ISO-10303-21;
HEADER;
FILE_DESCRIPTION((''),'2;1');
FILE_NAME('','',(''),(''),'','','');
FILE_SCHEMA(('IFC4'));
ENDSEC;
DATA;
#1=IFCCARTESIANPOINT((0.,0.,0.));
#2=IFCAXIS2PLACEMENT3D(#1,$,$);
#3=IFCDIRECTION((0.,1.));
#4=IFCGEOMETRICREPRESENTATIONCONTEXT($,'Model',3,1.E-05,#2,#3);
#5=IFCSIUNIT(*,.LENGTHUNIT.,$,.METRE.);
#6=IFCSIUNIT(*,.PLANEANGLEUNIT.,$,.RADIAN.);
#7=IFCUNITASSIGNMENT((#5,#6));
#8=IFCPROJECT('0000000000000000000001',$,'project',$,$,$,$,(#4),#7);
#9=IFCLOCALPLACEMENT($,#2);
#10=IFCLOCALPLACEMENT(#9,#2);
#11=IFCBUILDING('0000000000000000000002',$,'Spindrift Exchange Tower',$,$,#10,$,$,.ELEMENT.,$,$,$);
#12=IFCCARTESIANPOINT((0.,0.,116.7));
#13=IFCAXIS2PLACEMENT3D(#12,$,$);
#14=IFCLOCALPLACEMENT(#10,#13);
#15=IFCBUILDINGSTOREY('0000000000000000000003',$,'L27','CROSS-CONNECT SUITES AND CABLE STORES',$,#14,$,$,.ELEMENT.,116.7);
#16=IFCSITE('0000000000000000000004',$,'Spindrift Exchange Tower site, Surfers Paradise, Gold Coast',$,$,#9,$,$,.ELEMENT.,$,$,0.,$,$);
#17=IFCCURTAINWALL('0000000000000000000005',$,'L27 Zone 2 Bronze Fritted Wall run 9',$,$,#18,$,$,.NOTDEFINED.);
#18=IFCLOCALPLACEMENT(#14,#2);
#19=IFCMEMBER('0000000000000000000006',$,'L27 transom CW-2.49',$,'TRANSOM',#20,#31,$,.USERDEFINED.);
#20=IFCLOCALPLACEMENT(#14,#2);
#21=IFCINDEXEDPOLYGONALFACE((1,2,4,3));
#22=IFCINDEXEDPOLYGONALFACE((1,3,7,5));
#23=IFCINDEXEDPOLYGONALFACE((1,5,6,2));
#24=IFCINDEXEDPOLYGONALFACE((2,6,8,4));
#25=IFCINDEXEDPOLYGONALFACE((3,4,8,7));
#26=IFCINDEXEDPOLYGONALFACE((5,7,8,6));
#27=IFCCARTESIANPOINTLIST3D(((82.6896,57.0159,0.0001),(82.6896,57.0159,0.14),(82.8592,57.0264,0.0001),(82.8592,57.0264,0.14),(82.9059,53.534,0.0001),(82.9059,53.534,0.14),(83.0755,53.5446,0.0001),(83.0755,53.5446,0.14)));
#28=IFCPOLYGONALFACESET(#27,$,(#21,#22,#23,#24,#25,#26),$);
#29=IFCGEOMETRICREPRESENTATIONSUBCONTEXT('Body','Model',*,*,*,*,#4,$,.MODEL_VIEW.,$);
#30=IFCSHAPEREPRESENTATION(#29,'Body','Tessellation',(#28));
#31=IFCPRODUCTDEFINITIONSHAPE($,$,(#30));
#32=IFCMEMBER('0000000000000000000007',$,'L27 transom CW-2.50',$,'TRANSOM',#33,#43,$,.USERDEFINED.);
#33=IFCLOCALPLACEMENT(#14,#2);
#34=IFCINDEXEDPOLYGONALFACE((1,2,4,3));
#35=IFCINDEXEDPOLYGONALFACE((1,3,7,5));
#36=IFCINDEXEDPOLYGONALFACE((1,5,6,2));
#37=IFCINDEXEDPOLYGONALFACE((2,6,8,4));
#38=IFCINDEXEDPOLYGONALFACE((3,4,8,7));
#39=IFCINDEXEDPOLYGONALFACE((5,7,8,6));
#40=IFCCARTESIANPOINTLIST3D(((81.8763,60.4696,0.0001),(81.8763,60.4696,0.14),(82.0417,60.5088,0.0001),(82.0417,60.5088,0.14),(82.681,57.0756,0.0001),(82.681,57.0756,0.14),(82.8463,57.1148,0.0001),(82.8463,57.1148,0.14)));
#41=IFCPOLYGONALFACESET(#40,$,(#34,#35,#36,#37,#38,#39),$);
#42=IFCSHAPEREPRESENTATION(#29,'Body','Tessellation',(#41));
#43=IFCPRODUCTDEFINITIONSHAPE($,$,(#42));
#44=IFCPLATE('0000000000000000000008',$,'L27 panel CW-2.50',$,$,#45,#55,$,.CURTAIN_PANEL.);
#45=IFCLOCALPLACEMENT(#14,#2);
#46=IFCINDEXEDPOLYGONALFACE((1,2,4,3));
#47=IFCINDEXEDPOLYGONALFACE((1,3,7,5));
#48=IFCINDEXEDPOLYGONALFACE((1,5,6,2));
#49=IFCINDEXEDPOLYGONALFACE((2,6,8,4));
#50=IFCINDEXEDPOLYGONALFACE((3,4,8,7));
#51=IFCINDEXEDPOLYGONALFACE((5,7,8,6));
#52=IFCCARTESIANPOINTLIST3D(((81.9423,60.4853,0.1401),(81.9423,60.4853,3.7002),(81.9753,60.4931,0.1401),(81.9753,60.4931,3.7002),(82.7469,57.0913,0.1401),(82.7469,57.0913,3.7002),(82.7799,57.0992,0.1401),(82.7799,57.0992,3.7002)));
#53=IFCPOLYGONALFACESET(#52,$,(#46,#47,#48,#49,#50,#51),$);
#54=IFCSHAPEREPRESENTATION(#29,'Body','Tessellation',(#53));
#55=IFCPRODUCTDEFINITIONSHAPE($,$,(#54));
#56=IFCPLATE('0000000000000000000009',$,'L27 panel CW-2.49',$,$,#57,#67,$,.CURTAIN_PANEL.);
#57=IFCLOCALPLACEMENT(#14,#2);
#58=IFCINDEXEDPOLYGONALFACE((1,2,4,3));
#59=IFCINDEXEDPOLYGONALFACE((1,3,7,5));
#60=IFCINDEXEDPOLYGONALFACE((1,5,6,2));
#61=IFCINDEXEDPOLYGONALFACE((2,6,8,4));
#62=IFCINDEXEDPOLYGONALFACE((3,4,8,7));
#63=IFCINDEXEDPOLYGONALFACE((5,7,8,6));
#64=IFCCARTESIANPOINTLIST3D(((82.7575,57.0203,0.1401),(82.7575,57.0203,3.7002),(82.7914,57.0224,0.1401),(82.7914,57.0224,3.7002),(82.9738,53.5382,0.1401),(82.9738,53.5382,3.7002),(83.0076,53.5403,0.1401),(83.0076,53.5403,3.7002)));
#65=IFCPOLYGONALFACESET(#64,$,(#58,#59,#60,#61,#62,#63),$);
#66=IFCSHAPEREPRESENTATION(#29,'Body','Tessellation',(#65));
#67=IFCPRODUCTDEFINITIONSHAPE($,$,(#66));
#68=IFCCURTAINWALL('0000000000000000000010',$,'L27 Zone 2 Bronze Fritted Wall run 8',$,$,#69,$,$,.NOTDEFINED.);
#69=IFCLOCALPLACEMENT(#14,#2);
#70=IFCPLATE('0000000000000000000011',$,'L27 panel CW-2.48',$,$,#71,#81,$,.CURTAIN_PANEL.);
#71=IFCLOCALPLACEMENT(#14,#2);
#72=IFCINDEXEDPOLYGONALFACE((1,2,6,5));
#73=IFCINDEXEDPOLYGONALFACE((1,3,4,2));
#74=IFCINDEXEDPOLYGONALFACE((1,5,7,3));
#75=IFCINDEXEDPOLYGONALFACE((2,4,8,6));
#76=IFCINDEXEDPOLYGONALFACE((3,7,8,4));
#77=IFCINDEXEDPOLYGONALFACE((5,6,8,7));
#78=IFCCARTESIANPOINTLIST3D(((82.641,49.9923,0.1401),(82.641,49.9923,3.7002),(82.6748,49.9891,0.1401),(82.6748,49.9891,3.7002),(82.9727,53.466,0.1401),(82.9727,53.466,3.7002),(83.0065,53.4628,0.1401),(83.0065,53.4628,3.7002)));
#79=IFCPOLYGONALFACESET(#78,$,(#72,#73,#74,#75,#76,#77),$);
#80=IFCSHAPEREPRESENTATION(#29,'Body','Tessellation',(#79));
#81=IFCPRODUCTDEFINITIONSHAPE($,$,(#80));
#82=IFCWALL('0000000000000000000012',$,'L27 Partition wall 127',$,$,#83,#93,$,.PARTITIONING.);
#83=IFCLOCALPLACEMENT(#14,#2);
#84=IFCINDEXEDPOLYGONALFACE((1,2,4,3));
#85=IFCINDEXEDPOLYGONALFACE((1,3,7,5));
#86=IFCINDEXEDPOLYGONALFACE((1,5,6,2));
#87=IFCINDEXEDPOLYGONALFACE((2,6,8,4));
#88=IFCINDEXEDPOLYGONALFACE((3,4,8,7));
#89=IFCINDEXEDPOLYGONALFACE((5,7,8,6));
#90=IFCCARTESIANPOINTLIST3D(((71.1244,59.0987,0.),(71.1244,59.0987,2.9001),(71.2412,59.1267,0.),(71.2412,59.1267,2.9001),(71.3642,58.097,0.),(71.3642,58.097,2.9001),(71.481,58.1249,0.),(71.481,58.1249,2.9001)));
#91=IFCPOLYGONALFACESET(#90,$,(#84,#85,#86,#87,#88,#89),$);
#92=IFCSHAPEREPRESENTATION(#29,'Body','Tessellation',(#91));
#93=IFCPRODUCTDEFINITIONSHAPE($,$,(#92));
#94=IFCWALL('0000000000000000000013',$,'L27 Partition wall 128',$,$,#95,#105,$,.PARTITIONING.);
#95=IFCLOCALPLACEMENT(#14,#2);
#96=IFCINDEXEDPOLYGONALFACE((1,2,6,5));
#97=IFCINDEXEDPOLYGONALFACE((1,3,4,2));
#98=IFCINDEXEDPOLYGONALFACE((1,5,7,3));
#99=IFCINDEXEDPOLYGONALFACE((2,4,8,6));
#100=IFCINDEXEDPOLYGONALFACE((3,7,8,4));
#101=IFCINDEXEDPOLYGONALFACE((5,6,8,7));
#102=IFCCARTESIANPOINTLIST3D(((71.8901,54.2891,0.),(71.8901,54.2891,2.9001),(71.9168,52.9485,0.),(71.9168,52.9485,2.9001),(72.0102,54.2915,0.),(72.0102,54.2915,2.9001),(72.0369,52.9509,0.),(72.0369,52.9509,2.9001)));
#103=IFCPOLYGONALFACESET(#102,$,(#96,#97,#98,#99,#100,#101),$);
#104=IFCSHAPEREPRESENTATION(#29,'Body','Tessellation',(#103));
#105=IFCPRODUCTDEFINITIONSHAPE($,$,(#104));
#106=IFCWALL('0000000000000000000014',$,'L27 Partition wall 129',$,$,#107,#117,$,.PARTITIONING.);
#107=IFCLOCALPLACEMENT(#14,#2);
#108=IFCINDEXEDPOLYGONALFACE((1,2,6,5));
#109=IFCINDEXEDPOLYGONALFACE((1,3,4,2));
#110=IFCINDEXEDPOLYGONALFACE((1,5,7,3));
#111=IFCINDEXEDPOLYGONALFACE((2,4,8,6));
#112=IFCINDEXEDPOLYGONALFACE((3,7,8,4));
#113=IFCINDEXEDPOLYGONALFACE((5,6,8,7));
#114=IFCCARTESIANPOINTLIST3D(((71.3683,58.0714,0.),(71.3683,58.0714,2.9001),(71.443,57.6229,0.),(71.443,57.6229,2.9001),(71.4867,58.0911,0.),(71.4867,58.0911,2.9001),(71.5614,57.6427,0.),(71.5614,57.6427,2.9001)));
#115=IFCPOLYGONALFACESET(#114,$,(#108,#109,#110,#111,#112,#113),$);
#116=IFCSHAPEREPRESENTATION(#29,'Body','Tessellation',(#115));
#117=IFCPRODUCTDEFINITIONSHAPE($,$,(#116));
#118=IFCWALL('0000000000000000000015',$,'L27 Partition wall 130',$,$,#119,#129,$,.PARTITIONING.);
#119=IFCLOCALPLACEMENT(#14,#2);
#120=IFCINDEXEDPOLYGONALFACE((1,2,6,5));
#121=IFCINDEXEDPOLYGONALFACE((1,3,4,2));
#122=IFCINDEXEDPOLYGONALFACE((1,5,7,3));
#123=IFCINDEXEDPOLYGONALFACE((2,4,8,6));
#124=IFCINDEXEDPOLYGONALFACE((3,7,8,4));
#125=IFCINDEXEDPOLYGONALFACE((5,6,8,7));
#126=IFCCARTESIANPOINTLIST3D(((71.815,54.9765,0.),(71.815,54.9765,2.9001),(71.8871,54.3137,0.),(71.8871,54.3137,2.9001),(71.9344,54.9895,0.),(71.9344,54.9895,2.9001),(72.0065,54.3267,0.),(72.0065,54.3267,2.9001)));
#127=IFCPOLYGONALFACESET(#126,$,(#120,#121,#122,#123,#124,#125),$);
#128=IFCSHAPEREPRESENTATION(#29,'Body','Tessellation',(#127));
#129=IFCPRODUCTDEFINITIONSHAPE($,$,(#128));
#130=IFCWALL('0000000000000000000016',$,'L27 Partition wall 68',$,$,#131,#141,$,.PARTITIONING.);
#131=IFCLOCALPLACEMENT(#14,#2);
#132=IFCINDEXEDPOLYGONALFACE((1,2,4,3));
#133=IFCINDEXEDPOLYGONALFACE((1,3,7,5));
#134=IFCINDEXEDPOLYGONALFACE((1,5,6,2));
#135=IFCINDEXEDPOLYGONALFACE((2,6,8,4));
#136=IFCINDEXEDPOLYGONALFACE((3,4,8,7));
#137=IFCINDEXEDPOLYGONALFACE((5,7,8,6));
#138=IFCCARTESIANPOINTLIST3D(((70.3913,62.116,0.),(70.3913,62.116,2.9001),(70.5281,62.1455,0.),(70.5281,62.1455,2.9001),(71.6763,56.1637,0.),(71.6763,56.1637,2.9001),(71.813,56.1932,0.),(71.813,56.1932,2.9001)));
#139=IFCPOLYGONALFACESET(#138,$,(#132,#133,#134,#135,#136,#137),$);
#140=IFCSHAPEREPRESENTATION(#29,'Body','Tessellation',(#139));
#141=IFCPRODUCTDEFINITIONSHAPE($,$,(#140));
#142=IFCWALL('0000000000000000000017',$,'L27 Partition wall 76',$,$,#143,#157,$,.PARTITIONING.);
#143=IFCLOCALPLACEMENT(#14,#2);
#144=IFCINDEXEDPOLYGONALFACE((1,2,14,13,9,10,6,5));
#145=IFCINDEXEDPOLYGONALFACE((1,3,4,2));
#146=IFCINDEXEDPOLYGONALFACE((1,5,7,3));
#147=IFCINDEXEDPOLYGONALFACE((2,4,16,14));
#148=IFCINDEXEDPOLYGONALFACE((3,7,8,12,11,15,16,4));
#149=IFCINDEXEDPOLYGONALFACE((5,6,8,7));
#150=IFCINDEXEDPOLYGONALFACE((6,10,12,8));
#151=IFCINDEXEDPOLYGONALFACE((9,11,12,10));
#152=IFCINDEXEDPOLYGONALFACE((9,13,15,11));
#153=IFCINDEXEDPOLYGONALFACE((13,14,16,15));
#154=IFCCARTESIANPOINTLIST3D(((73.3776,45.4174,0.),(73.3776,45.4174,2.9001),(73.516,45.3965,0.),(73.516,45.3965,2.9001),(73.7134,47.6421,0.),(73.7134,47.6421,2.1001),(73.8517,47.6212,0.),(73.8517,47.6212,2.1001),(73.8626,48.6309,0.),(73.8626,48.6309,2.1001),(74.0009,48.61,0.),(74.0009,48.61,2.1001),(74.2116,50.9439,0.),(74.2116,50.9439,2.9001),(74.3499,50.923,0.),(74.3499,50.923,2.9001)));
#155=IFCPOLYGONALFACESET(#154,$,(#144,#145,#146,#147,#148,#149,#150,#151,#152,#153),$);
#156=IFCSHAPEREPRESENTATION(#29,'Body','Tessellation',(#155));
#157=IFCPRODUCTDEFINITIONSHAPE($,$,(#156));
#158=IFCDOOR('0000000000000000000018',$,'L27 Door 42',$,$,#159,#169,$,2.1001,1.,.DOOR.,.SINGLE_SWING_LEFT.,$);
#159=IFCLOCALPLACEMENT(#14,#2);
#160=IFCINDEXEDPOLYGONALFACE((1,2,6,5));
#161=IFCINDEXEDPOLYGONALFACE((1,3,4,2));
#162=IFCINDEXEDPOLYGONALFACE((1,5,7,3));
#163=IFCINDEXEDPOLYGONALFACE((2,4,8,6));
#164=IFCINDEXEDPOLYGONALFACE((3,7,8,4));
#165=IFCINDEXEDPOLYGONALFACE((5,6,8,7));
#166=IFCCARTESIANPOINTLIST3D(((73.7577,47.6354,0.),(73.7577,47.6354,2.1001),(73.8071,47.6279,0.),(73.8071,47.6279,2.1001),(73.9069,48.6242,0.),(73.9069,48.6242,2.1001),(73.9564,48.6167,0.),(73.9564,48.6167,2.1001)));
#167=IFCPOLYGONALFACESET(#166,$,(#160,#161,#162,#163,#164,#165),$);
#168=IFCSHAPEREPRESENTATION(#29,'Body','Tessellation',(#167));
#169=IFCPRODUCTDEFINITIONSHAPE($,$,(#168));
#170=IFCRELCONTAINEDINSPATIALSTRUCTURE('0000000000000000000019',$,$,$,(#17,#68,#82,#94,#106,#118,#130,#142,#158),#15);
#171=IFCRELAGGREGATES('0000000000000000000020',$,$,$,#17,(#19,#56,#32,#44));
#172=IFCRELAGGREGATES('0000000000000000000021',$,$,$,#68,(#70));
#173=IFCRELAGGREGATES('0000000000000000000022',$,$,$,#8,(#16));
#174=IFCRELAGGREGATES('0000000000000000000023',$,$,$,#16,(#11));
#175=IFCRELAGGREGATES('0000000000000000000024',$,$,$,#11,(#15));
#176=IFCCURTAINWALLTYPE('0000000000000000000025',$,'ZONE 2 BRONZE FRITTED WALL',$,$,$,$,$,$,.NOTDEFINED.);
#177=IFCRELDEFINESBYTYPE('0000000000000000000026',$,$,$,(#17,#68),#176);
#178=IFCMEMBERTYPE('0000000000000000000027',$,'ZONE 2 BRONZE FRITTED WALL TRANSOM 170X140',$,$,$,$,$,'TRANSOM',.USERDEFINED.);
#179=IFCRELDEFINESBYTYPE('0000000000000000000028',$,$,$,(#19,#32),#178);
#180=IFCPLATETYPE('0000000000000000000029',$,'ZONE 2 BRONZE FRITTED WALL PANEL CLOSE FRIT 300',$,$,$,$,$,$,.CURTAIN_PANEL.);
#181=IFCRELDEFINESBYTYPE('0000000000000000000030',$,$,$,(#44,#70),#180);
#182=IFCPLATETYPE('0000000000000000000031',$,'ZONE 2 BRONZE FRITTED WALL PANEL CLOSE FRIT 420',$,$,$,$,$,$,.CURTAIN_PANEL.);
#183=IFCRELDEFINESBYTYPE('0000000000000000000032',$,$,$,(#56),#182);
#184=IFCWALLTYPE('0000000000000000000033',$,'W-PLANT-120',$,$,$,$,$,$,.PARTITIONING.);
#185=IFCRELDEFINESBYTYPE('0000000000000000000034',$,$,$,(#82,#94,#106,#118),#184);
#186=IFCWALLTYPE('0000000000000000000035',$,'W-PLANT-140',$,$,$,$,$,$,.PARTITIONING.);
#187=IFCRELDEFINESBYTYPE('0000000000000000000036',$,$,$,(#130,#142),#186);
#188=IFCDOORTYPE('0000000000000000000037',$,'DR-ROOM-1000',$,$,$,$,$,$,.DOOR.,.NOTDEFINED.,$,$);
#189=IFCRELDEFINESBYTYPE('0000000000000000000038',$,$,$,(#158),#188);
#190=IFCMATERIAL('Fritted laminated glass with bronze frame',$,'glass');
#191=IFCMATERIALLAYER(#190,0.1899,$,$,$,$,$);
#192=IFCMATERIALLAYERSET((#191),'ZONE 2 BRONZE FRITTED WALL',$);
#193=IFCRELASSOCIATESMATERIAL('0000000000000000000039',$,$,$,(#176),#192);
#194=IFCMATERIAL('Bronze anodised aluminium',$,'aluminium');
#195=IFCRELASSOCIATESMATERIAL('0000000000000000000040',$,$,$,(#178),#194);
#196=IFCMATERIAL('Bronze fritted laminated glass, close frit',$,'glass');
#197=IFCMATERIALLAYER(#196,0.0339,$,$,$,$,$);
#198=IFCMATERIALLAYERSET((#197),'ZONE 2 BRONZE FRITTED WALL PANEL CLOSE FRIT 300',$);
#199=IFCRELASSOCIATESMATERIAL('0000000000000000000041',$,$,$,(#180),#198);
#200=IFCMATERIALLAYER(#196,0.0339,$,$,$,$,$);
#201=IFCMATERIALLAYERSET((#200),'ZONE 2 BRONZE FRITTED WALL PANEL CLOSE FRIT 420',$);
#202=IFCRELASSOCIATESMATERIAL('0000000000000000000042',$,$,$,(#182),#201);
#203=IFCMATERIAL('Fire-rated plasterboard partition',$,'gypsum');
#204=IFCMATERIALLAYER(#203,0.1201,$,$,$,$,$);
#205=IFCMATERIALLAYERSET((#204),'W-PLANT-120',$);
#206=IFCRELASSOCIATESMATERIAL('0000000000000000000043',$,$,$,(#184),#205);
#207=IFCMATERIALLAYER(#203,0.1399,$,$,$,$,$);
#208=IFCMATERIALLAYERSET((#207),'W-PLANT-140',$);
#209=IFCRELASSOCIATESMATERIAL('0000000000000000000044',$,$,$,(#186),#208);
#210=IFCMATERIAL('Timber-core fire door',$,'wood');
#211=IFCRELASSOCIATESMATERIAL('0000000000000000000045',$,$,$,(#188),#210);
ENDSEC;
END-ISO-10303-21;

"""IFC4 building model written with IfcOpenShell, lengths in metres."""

from ifc_helpers import new_model, si_unit, direction, frame, frame_2d, origin, origin_2d, place, context, subcontext, project, spatial, rectangle, extrude, source, transform, mapped, material, layer, layer_set, material_profile, profile_set, type_object, element, fill, aggregate, save


model = new_model("IFC4")

# Units and contexts
model_context = context("Model", 3, precision=1e-05, world=origin(), true_north=direction((0.0, 1.0)))
body_context = subcontext(model_context, "Body", "Model", "MODEL_VIEW")
ifc_project = project(units=[si_unit("LENGTHUNIT", "METRE"), si_unit("PLANEANGLEUNIT", "RADIAN")], contexts=[model_context])

# Site, building, storey
site_placement = place(None, origin())
site = spatial("IfcSite", under=ifc_project, at=site_placement, Name="Spindrift Exchange Tower site, Surfers Paradise, Gold Coast", CompositionType="ELEMENT", RefElevation=0.0)
building_placement = place(site_placement, origin())
building = spatial("IfcBuilding", under=site, at=building_placement, Name="Spindrift Exchange Tower", CompositionType="ELEMENT")
storey_placement = place(building_placement, frame((0.0, 0.0, 116.7)))
storey = spatial("IfcBuildingStorey", under=building, at=storey_placement, Name="L27", Description="CROSS-CONNECT SUITES AND CABLE STORES", CompositionType="ELEMENT", Elevation=116.7)

# Curtain wall, members, plates
ifc_material_1 = material(Name="Fritted laminated glass with bronze frame", Category="glass")
ifc_layer_1 = layer(ifc_material_1, 0.1899)
ifc_layer_set_1 = layer_set([ifc_layer_1], Name="ZONE 2 BRONZE FRITTED WALL")
curtain_wall_type = type_object("IfcCurtainWallType", Name="ZONE 2 BRONZE FRITTED WALL", PredefinedType="NOTDEFINED", material=ifc_layer_set_1)
curtain_wall_1_placement = place(storey_placement, origin())
curtain_wall_1 = element("IfcCurtainWall", 1, at=curtain_wall_1_placement, inside=storey, type_object=curtain_wall_type, Name="L27 Zone 2 Bronze Fritted Wall run 9", PredefinedType="NOTDEFINED")
ifc_material_2 = material(Name="Bronze anodised aluminium", Category="aluminium")
ifc_material_profile_1 = material_profile(ifc_material_2, rectangle(XDim=0.1699, YDim=0.1399, at=origin_2d()), Name="ZONE 2 BRONZE FRITTED WALL TRANSOM 170X140")
ifc_profile_set_1 = profile_set([ifc_material_profile_1], Name="Bronze anodised aluminium")
member_type_1 = type_object("IfcMemberType", Name="ZONE 2 BRONZE FRITTED WALL TRANSOM 170X140", ElementType="TRANSOM", PredefinedType="USERDEFINED", material=ifc_profile_set_1)
shared_shape_1 = source(origin(), body_context, "Body", "SweptSolid", [
    extrude(rectangle(XDim=0.1699, YDim=0.1399, at=origin_2d()), origin(), (0.0, 0.0, 1.0), 3.4885),
])
member_1_placement = place(storey_placement, frame((82.9907, 53.5393, 0.0701), z_axis=(-0.062004, 0.998076, 0.0), x_axis=(-0.998076, -0.062004, 0.0)))
member_1 = element("IfcMember", 2, at=member_1_placement, type_object=member_type_1, Name="L27 transom CW-2.49", ObjectType="TRANSOM", PredefinedType="USERDEFINED", context=body_context, shape_type="MappedRepresentation", body=[
    mapped(shared_shape_1, transform((0.0, 0.0, 0.0), scale=1.0)),
])
shared_shape_2 = source(origin(), body_context, "Body", "SweptSolid", [
    extrude(rectangle(XDim=0.1699, YDim=0.1399, at=origin_2d()), origin(), (0.0, 0.0, 1.0), 3.488),
])
member_2_placement = place(storey_placement, frame((82.7637, 57.0952, 0.0701), z_axis=(-0.230693, 0.973027, 0.0), x_axis=(-0.973027, -0.230693, 0.0)))
member_2 = element("IfcMember", 3, at=member_2_placement, type_object=member_type_1, Name="L27 transom CW-2.50", ObjectType="TRANSOM", PredefinedType="USERDEFINED", context=body_context, shape_type="MappedRepresentation", body=[
    mapped(shared_shape_2, transform((0.0, 0.0, 0.0), scale=1.0)),
])
ifc_material_3 = material(Name="Bronze fritted laminated glass, close frit", Category="glass")
ifc_layer_2 = layer(ifc_material_3, 0.0339)
ifc_layer_set_2 = layer_set([ifc_layer_2], Name="ZONE 2 BRONZE FRITTED WALL PANEL CLOSE FRIT 300")
plate_type_1 = type_object("IfcPlateType", Name="ZONE 2 BRONZE FRITTED WALL PANEL CLOSE FRIT 300", PredefinedType="CURTAIN_PANEL", material=ifc_layer_set_2)
shared_shape_3 = source(origin(), body_context, "Body", "SweptSolid", [
    extrude(rectangle(XDim=3.488, YDim=0.0339, at=origin_2d()), origin(), (0.0, 0.0, 1.0), 3.5601),
])
plate_1_placement = place(storey_placement, frame((82.3611, 58.7922, 0.1401), z_axis=(0.0, 0.0, 1.0), x_axis=(-0.230671, 0.973032, 0.0)))
plate_1 = element("IfcPlate", 4, at=plate_1_placement, type_object=plate_type_1, Name="L27 panel CW-2.50", PredefinedType="CURTAIN_PANEL", context=body_context, shape_type="MappedRepresentation", body=[
    mapped(shared_shape_3, transform((0.0, 0.0, 0.0), scale=1.0)),
])
ifc_layer_3 = layer(ifc_material_3, 0.0339)
ifc_layer_set_3 = layer_set([ifc_layer_3], Name="ZONE 2 BRONZE FRITTED WALL PANEL CLOSE FRIT 420")
plate_type_2 = type_object("IfcPlateType", Name="ZONE 2 BRONZE FRITTED WALL PANEL CLOSE FRIT 420", PredefinedType="CURTAIN_PANEL", material=ifc_layer_set_3)
shared_shape_4 = source(origin(), body_context, "Body", "SweptSolid", [
    extrude(rectangle(XDim=3.4888, YDim=0.0339, at=origin_2d()), origin(), (0.0, 0.0, 1.0), 3.5601),
])
plate_2_placement = place(storey_placement, frame((82.8826, 55.2803, 0.1401), z_axis=(0.0, 0.0, 1.0), x_axis=(-0.061986, 0.998077, 0.0)))
plate_2 = element("IfcPlate", 5, at=plate_2_placement, type_object=plate_type_2, Name="L27 panel CW-2.49", PredefinedType="CURTAIN_PANEL", context=body_context, shape_type="MappedRepresentation", body=[
    mapped(shared_shape_4, transform((0.0, 0.0, 0.0), scale=1.0)),
])
aggregate(curtain_wall_1, [member_1, plate_2, member_2, plate_1])

# Curtain wall, plate
curtain_wall_2_placement = place(storey_placement, origin())
curtain_wall_2 = element("IfcCurtainWall", 6, at=curtain_wall_2_placement, inside=storey, type_object=curtain_wall_type, Name="L27 Zone 2 Bronze Fritted Wall run 8", PredefinedType="NOTDEFINED")
shared_shape_5 = source(origin(), body_context, "Body", "SweptSolid", [
    extrude(rectangle(XDim=3.4895, YDim=0.0339, at=origin_2d()), origin(), (0.0, 0.0, 1.0), 3.5601),
])
plate_3_placement = place(storey_placement, frame((82.8237, 51.7275, 0.1401), z_axis=(0.0, 0.0, 1.0), x_axis=(0.09505, 0.995472, 0.0)))
plate_3 = element("IfcPlate", 7, at=plate_3_placement, type_object=plate_type_1, Name="L27 panel CW-2.48", PredefinedType="CURTAIN_PANEL", context=body_context, shape_type="MappedRepresentation", body=[
    mapped(shared_shape_5, transform((0.0, 0.0, 0.0), scale=1.0)),
])
aggregate(curtain_wall_2, [plate_3])

# Walls
ifc_material_4 = material(Name="Fire-rated plasterboard partition", Category="gypsum")
ifc_layer_4 = layer(ifc_material_4, 0.1201)
ifc_layer_set_4 = layer_set([ifc_layer_4], Name="W-PLANT-120")
wall_type_1 = type_object("IfcWallType", Name="W-PLANT-120", PredefinedType="PARTITIONING", material=ifc_layer_set_4)
wall_1_placement = place(storey_placement, frame((71.4226, 58.1108, 0.0), z_axis=(0.0, 0.0, 1.0), x_axis=(-0.232763, 0.972533, 0.0)))
element("IfcWall", 8, at=wall_1_placement, inside=storey, type_object=wall_type_1, Name="L27 Partition wall 127", PredefinedType="PARTITIONING", context=body_context, shape_type="SweptSolid", body=[
    extrude(rectangle(XDim=1.03, YDim=0.1201, at=frame_2d((0.5151, 0.0))), origin(), (0.0, 0.0, 1.0), 2.9001),
])
wall_2_placement = place(storey_placement, frame((71.9768, 52.9497, 0.0), z_axis=(0.0, 0.0, 1.0), x_axis=(-0.019847, 0.999803, 0.0)))
element("IfcWall", 9, at=wall_2_placement, inside=storey, type_object=wall_type_1, Name="L27 Partition wall 128", PredefinedType="PARTITIONING", context=body_context, shape_type="SweptSolid", body=[
    extrude(rectangle(XDim=1.3408, YDim=0.1201, at=frame_2d((0.6704, 0.0))), origin(), (0.0, 0.0, 1.0), 2.9001),
])
wall_3_placement = place(storey_placement, frame((71.5022, 57.6328, 0.0), z_axis=(0.0, 0.0, 1.0), x_axis=(-0.164312, 0.986408, 0.0)))
element("IfcWall", 10, at=wall_3_placement, inside=storey, type_object=wall_type_1, Name="L27 Partition wall 129", PredefinedType="PARTITIONING", context=body_context, shape_type="SweptSolid", body=[
    extrude(rectangle(XDim=0.4546, YDim=0.1201, at=frame_2d((0.2273, 0.0))), origin(), (0.0, 0.0, 1.0), 2.9001),
])
wall_4_placement = place(storey_placement, frame((71.9468, 54.3201, 0.0), z_axis=(0.0, 0.0, 1.0), x_axis=(-0.10802, 0.994149, 0.0)))
element("IfcWall", 11, at=wall_4_placement, inside=storey, type_object=wall_type_1, Name="L27 Partition wall 130", PredefinedType="PARTITIONING", context=body_context, shape_type="SweptSolid", body=[
    extrude(rectangle(XDim=0.6667, YDim=0.1201, at=frame_2d((0.3335, 0.0))), origin(), (0.0, 0.0, 1.0), 2.9001),
])
ifc_layer_5 = layer(ifc_material_4, 0.1399)
ifc_layer_set_5 = layer_set([ifc_layer_5], Name="W-PLANT-140")
wall_type_2 = type_object("IfcWallType", Name="W-PLANT-140", PredefinedType="PARTITIONING", material=ifc_layer_set_5)
wall_5_placement = place(storey_placement, frame((71.7446, 56.1785, 0.0), z_axis=(0.0, 0.0, 1.0), x_axis=(-0.211013, 0.977483, 0.0)))
element("IfcWall", 12, at=wall_5_placement, inside=storey, type_object=wall_type_2, Name="L27 Partition wall 68", PredefinedType="PARTITIONING", context=body_context, shape_type="SweptSolid", body=[
    extrude(rectangle(XDim=6.0894, YDim=0.1399, at=frame_2d((3.0447, 0.0))), origin(), (0.0, 0.0, 1.0), 2.9001),
])

# Wall, opening, door
wall_6_placement = place(storey_placement, frame((74.2808, 50.9333, 0.0), z_axis=(0.0, 0.0, 1.0), x_axis=(-0.149214, -0.988805, 0.0)))
wall_6 = element("IfcWall", 13, at=wall_6_placement, inside=storey, type_object=wall_type_2, Name="L27 Partition wall 76", PredefinedType="PARTITIONING", context=body_context, shape_type="SweptSolid", body=[
    extrude(rectangle(XDim=5.5891, YDim=0.1399, at=frame_2d((2.7944, 0.0))), origin(), (0.0, 0.0, 1.0), 2.9001),
])
opening_placement = place(wall_6_placement, frame((2.3391, 0.0, 0.0)))
opening = element("IfcOpeningElement", 14, at=opening_placement, cuts=wall_6, PredefinedType="OPENING", context=body_context, shape_type="SweptSolid", body=[
    extrude(rectangle(XDim=1.0, YDim=2.1001, at=frame_2d((0.5, 1.05))), frame((0.0, 0.0798, 0.0), z_axis=(0.0, -1.0, 0.0), x_axis=(1.0, 0.0, 0.0)), (0.0, 0.0, 1.0), 0.1599),
])
ifc_material_5 = material(Name="Timber-core fire door", Category="wood")
door_type = type_object("IfcDoorType", Name="DR-ROOM-1000", OperationType="NOTDEFINED", PredefinedType="DOOR", material=ifc_material_5)
shared_shape_6 = source(origin(), body_context, "Body", "SweptSolid", [
    extrude(rectangle(XDim=1.0, YDim=2.1001, at=frame_2d((0.5, 1.05))), frame((0.0, 0.0249, 0.0), z_axis=(0.0, -1.0, 0.0), x_axis=(1.0, 0.0, 0.0)), (0.0, 0.0, 1.0), 0.05),
])
door_placement = place(opening_placement, origin())
door = element("IfcDoor", 15, at=door_placement, inside=storey, type_object=door_type, Name="L27 Door 42", OperationType="SINGLE_SWING_LEFT", OverallHeight=2.1001, OverallWidth=1.0, PredefinedType="DOOR", context=body_context, shape_type="MappedRepresentation", body=[
    mapped(shared_shape_6, transform((0.0, 0.0, 0.0), scale=1.0)),
])
fill(opening, door)

save(model, "model.ifc")
